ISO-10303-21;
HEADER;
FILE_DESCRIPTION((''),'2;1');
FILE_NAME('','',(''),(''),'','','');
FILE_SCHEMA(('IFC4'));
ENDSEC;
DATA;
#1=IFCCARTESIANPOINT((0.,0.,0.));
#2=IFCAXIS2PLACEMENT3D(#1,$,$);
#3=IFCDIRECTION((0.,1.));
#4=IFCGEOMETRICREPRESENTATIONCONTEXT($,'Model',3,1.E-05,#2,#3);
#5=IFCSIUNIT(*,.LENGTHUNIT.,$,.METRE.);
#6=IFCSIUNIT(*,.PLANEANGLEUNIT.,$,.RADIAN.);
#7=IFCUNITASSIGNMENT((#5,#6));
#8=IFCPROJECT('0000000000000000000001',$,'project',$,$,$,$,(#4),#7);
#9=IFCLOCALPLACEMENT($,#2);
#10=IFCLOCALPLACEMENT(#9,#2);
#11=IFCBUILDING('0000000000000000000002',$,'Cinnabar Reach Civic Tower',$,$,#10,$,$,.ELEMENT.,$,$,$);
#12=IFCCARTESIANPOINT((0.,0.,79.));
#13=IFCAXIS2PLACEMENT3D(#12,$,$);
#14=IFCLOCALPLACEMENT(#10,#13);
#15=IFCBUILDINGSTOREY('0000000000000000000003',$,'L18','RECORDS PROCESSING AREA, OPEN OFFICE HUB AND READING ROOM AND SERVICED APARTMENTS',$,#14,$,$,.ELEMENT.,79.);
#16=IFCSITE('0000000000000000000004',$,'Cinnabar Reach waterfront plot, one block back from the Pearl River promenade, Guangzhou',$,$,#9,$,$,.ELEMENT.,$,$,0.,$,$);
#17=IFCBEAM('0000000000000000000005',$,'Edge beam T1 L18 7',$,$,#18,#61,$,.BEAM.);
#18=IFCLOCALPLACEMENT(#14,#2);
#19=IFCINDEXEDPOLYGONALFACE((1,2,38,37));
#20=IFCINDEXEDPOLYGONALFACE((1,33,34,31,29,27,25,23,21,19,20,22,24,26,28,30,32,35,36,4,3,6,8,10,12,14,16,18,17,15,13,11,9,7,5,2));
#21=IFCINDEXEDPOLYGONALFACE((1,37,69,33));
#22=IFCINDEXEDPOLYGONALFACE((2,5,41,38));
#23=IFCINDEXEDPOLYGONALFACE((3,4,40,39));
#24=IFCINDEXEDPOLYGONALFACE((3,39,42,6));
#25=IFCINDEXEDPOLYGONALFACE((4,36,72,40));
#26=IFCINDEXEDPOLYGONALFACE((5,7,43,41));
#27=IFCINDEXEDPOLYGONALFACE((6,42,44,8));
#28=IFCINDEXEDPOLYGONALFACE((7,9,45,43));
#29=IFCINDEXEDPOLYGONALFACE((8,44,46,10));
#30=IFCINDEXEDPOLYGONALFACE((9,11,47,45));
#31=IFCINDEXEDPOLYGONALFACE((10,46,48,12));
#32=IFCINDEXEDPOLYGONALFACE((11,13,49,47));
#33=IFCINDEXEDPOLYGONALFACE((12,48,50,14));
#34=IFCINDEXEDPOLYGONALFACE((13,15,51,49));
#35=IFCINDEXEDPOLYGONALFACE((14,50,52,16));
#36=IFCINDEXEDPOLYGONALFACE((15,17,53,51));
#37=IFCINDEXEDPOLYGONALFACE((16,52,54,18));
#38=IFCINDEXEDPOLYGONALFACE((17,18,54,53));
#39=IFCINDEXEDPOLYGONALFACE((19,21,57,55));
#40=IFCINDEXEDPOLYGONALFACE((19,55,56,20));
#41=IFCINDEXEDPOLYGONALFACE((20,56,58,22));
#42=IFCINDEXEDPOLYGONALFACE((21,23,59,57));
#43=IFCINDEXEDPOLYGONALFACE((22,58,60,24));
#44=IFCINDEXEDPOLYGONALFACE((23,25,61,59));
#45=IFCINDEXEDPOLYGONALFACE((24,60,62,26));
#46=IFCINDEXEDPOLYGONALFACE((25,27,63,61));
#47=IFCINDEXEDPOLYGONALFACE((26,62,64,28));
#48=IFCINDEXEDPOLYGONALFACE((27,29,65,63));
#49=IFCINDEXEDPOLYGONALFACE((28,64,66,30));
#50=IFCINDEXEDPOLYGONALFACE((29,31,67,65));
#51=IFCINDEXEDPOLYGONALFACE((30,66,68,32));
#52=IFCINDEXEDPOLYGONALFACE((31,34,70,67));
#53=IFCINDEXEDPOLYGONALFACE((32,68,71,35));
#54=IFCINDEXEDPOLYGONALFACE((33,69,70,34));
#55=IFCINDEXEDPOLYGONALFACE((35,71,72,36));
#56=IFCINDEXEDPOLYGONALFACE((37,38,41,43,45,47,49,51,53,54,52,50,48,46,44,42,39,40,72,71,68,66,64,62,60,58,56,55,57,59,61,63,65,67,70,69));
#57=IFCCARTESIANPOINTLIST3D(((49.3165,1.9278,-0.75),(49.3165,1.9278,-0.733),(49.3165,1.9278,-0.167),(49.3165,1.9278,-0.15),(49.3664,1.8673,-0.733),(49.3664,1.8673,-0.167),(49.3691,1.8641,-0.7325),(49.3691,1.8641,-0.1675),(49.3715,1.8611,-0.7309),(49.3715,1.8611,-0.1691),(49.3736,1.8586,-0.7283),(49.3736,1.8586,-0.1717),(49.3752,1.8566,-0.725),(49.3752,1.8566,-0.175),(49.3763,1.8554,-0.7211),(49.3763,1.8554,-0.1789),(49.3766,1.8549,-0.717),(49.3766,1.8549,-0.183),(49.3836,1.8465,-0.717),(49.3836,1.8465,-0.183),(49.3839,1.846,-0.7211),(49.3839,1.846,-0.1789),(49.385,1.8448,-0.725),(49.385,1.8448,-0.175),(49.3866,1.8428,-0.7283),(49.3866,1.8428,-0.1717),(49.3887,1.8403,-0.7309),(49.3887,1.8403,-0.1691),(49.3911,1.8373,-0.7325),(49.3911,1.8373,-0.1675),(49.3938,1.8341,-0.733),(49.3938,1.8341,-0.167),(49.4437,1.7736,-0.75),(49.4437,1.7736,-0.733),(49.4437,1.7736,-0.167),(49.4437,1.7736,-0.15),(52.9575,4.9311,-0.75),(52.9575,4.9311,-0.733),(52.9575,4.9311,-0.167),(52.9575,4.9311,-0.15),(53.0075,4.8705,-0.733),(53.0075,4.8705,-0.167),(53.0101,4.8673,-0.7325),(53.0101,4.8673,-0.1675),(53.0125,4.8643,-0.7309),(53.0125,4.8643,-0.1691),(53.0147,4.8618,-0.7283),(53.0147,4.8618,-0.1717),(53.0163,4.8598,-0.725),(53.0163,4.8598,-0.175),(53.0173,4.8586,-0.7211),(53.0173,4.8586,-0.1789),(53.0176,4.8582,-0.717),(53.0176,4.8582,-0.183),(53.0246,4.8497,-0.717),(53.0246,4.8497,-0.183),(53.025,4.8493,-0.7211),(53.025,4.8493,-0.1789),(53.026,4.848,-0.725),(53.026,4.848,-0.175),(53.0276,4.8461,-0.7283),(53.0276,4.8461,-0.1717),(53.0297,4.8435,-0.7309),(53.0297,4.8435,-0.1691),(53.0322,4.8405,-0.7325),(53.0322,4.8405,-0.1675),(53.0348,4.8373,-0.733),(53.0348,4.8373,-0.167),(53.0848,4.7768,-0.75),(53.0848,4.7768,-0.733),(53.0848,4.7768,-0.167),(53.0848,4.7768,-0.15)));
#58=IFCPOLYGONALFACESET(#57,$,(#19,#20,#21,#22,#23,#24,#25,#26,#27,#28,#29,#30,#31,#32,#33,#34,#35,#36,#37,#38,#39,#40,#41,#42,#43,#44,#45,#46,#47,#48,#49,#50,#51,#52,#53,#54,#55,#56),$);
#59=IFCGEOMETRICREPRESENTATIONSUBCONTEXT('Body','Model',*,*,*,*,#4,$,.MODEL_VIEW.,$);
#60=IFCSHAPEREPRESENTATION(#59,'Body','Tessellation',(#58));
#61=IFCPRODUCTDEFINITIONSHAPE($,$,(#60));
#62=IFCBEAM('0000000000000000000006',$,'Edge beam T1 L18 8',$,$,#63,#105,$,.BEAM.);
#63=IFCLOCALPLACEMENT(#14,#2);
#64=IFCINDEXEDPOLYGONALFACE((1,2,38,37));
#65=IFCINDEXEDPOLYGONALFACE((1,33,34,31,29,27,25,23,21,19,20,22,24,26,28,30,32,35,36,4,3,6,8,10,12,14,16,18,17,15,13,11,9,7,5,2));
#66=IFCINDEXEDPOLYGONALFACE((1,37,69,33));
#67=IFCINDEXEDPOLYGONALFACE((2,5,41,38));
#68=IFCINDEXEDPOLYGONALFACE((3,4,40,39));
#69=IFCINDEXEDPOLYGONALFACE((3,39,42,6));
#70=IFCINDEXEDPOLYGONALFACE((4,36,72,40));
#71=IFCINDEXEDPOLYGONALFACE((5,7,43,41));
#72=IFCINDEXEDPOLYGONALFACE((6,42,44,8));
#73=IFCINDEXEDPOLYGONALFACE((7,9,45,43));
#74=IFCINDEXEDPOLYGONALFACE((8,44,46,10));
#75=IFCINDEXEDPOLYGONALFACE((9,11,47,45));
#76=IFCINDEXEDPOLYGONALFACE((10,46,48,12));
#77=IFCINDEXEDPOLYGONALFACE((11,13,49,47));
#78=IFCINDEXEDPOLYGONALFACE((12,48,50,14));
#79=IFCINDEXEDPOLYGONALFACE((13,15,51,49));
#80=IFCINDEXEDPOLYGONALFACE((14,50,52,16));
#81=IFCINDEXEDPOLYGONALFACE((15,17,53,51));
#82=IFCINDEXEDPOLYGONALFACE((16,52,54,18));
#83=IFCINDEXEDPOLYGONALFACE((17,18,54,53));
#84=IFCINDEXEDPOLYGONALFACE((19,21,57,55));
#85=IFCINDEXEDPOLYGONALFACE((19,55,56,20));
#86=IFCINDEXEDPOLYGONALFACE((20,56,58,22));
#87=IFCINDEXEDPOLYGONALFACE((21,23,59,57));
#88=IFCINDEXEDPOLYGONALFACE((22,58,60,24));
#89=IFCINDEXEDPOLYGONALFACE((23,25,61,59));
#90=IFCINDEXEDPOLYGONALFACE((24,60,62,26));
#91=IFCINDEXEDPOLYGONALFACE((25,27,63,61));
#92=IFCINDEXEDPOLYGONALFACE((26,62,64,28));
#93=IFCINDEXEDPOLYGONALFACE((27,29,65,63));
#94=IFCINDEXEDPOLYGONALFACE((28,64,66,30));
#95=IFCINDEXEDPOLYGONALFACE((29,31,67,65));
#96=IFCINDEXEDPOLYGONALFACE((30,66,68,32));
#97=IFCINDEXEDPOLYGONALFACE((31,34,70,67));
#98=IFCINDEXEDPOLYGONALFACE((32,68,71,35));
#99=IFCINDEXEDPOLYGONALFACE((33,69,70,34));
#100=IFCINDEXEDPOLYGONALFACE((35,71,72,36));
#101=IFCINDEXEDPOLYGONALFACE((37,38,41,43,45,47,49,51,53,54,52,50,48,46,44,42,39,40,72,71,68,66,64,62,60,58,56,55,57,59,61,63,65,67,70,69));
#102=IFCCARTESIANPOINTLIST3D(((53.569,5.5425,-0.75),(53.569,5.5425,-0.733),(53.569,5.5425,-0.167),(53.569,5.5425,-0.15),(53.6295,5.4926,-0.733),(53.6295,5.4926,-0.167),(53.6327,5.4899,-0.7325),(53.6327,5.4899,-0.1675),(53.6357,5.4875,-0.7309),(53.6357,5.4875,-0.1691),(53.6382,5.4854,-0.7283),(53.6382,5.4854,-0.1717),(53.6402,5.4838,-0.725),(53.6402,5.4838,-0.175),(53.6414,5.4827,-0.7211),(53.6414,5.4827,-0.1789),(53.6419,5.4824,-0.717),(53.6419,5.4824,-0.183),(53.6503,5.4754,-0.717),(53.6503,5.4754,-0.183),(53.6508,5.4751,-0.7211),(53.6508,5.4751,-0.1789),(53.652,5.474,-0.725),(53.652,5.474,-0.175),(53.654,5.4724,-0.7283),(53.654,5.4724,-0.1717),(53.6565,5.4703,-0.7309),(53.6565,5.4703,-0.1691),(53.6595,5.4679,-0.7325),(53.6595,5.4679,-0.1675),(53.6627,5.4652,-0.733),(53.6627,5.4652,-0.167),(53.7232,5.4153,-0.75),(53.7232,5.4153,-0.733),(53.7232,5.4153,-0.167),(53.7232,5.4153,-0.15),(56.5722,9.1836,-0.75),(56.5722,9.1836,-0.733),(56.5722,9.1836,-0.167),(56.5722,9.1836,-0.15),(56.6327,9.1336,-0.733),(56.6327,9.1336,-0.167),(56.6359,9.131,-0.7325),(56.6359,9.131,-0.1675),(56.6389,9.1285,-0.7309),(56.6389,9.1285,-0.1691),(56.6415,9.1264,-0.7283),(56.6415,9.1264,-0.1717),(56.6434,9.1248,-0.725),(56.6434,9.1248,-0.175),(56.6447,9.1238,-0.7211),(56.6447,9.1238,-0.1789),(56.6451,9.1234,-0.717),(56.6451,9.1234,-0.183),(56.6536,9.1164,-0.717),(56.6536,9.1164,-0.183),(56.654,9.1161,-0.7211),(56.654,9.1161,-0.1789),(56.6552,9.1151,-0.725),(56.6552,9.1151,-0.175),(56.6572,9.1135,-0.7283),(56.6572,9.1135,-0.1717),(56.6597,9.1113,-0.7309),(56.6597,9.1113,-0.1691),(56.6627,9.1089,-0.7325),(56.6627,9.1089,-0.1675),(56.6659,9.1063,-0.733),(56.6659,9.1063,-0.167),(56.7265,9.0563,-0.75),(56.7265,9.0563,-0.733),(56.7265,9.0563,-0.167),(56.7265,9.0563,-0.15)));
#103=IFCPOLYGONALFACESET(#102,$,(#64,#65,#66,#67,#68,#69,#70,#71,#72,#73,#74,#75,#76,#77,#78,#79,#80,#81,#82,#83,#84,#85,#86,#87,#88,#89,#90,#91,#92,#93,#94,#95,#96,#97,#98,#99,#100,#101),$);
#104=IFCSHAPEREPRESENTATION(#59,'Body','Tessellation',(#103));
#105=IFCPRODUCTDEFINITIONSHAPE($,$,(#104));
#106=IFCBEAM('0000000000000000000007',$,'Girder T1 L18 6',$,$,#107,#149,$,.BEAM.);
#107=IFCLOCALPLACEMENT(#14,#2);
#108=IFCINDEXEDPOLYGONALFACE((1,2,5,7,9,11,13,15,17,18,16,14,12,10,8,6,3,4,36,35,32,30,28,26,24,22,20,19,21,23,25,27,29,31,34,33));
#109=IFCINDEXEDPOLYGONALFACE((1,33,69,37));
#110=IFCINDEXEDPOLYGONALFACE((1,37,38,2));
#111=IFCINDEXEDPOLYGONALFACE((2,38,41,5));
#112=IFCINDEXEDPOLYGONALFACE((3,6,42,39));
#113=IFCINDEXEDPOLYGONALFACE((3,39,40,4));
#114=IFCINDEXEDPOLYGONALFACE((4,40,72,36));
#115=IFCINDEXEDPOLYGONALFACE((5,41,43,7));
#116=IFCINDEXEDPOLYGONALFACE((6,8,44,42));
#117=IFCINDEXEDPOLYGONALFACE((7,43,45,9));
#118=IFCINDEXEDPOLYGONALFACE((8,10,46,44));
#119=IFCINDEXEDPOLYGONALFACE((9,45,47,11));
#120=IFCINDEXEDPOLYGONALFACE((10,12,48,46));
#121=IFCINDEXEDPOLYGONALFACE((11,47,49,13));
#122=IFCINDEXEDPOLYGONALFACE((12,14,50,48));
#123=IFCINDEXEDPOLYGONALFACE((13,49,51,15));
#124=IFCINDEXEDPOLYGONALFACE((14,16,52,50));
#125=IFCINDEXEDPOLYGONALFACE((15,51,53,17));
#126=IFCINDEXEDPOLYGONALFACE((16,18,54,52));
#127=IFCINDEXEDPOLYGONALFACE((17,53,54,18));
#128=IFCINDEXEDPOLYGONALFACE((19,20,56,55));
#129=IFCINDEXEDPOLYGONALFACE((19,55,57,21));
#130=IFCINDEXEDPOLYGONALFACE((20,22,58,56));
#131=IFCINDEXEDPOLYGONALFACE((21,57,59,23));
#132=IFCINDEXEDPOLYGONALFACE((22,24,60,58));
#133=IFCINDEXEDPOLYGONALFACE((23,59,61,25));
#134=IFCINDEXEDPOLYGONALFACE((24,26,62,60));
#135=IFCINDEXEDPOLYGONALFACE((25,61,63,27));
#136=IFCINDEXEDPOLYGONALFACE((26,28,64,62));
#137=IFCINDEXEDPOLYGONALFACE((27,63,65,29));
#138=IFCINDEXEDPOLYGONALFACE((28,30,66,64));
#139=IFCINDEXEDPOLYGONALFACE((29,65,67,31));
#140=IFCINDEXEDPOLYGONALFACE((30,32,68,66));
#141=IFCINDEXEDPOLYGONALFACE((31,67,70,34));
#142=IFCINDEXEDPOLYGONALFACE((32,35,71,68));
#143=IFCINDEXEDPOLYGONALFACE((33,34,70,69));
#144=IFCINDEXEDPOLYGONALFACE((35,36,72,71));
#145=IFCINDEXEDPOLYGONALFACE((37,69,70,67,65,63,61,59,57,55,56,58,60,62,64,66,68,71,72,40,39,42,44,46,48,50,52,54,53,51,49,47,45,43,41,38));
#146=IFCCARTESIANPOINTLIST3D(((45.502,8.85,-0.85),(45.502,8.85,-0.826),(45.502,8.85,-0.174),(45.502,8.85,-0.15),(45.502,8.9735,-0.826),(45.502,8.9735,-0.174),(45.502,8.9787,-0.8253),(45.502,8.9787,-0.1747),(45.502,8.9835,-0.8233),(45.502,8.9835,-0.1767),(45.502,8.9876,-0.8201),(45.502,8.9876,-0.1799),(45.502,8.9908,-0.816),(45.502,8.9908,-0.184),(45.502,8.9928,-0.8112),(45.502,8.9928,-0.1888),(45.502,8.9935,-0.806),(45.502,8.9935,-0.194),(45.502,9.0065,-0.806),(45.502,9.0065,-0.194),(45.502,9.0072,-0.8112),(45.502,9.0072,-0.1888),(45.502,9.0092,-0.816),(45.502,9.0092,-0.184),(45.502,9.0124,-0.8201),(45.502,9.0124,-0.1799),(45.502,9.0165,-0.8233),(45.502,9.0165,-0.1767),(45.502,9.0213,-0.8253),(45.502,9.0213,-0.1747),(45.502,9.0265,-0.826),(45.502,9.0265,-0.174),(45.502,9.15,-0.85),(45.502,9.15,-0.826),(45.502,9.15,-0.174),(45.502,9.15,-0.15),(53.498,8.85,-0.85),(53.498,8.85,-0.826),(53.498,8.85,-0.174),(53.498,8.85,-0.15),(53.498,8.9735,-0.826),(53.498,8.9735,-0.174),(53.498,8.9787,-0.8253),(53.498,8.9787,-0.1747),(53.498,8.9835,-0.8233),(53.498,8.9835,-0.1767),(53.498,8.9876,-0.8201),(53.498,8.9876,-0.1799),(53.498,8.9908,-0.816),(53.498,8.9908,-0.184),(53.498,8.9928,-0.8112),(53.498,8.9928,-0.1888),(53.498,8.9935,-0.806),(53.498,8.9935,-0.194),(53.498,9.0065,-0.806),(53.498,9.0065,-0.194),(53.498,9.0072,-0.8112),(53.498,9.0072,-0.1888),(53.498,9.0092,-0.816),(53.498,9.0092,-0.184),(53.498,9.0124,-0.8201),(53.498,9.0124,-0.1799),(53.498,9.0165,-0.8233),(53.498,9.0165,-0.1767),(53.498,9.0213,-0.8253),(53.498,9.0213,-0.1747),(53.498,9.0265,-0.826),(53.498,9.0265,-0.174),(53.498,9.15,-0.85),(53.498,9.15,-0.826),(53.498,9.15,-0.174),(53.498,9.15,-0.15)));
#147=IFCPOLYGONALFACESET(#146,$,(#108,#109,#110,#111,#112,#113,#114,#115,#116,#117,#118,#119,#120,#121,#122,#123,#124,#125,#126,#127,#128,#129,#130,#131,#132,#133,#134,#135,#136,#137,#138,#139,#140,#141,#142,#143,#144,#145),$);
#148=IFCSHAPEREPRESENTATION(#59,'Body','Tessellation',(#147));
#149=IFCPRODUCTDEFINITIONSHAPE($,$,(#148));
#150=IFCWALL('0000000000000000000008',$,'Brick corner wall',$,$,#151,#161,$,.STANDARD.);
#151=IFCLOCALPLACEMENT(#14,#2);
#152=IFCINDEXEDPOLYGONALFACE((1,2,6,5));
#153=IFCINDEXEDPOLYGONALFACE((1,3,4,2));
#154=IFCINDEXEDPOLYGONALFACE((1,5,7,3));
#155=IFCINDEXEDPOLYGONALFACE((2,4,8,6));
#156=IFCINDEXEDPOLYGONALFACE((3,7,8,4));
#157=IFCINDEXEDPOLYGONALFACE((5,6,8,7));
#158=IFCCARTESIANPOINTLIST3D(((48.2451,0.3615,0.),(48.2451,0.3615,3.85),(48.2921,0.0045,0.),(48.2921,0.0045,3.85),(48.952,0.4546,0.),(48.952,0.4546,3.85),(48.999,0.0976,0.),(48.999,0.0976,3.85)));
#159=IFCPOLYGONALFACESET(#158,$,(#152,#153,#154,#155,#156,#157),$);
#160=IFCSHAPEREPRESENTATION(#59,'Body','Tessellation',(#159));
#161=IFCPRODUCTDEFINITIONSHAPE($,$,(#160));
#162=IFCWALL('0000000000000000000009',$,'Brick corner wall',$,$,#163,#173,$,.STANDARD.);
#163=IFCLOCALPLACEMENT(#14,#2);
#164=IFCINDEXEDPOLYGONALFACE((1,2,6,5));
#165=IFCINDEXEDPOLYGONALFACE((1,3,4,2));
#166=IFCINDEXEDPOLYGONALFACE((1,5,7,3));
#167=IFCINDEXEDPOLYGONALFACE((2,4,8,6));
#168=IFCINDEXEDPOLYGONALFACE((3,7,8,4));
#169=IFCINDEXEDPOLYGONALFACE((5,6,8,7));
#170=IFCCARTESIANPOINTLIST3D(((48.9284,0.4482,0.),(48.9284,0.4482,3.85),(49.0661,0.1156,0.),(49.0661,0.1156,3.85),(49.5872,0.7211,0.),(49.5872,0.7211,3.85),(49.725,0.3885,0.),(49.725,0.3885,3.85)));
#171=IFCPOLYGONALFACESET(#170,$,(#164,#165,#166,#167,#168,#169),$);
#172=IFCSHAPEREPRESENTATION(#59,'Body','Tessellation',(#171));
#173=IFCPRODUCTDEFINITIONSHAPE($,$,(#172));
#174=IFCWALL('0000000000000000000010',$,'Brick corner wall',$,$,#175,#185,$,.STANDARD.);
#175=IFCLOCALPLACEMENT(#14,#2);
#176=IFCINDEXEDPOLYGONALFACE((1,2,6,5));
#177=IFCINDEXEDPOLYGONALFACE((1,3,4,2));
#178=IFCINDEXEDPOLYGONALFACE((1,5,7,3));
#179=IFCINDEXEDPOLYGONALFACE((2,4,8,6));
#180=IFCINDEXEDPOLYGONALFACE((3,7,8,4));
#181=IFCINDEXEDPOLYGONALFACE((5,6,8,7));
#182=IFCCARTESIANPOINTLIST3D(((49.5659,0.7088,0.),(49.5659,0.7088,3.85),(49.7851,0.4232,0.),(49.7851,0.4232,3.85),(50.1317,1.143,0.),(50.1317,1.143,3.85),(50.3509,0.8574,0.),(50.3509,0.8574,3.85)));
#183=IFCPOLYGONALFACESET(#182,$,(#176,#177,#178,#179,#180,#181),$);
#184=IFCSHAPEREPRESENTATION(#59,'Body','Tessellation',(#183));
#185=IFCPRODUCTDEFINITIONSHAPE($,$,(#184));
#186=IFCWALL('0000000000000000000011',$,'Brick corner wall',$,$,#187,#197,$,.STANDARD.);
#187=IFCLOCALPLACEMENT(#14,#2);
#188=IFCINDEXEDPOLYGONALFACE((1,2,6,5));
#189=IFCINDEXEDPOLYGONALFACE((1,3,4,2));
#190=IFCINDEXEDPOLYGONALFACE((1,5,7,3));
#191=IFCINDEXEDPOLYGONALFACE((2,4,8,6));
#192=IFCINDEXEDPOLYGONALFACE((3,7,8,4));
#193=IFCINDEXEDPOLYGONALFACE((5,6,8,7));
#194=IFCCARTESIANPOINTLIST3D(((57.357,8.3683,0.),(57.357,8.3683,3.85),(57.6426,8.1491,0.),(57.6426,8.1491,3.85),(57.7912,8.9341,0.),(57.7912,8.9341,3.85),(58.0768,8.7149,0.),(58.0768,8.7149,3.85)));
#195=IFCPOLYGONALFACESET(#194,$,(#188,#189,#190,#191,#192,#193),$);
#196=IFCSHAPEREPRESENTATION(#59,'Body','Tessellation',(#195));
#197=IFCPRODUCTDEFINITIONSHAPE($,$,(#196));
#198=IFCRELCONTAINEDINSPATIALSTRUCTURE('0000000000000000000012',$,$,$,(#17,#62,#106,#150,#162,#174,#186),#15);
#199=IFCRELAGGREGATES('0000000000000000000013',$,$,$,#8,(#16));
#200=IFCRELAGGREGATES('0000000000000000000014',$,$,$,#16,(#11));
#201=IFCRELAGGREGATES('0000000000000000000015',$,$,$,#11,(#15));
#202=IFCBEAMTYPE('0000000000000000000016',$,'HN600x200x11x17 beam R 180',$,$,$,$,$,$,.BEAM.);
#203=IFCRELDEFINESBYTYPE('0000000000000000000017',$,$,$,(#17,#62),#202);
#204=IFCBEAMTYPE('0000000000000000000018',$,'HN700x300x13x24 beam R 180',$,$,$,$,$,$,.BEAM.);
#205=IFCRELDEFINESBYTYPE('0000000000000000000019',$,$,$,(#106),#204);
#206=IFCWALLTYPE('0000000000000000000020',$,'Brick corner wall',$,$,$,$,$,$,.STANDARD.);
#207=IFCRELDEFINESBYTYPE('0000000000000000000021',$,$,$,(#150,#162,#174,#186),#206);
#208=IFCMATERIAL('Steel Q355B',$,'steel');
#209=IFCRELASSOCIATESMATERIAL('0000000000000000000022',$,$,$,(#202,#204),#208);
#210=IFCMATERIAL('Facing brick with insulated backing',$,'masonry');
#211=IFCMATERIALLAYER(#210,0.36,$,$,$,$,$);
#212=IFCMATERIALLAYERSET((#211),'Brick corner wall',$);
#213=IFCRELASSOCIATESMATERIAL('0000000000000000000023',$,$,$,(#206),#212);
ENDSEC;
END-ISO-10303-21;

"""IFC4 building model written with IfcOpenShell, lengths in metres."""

from ifc_helpers import new_model, si_unit, direction, frame, frame_2d, origin, origin_2d, place, context, subcontext, project, spatial, rectangle, i_section, extrude, material, layer, layer_set, material_profile, profile_set, type_object, element, save


model = new_model("IFC4")

# Units and contexts
model_context = context("Model", 3, precision=1e-05, world=origin(), true_north=direction((0.0, 1.0)))
body_context = subcontext(model_context, "Body", "Model", "MODEL_VIEW")
ifc_project = project(units=[si_unit("LENGTHUNIT", "METRE"), si_unit("PLANEANGLEUNIT", "RADIAN")], contexts=[model_context])

# Site, building, storey
site_placement = place(None, origin())
site = spatial("IfcSite", under=ifc_project, at=site_placement, Name="Cinnabar Reach waterfront plot, one block back from the Pearl River promenade, Guangzhou", CompositionType="ELEMENT", RefElevation=0.0)
building_placement = place(site_placement, origin())
building = spatial("IfcBuilding", under=site, at=building_placement, Name="Cinnabar Reach Civic Tower", CompositionType="ELEMENT")
storey_placement = place(building_placement, frame((0.0, 0.0, 79.0)))
storey = spatial("IfcBuildingStorey", under=building, at=storey_placement, Name="L18", Description="RECORDS PROCESSING AREA, OPEN OFFICE HUB AND READING ROOM AND SERVICED APARTMENTS", CompositionType="ELEMENT", Elevation=79.0)

# Beams
ifc_material_1 = material(Name="Steel Q355B", Category="steel")
ifc_material_profile_1 = material_profile(ifc_material_1, i_section(OverallWidth=0.2, OverallDepth=0.6, WebThickness=0.011, FlangeThickness=0.017, FilletRadius=0.016, at=origin_2d()), Name="HN600x200x11x17")
ifc_profile_set_1 = profile_set([ifc_material_profile_1], Name="Steel Q355B")
beam_type_1 = type_object("IfcBeamType", Name="HN600x200x11x17 beam R 180", PredefinedType="BEAM", material=ifc_profile_set_1)
for number, where, z_axis, x_axis, name in (
    (1, (49.3801, 1.8507, -0.45), (0.771438, 0.636304, 0.0), (-0.636304, 0.771438, 0.0), "Edge beam T1 L18 7"),
    (2, (53.6461, 5.4789, -0.45), (0.636304, 0.771438, 0.0), (-0.771438, 0.636304, 0.0), "Edge beam T1 L18 8"),
):
    element("IfcBeam", number, at=place(storey_placement, frame(where, z_axis=z_axis, x_axis=x_axis)), inside=storey, type_object=beam_type_1, Name=name, PredefinedType="BEAM", context=body_context, shape_type="SweptSolid", body=[
        extrude(i_section(OverallWidth=0.2, OverallDepth=0.6, WebThickness=0.011, FlangeThickness=0.017, FilletRadius=0.016, at=origin_2d()), origin(), (0.0, 0.0, 1.0), 4.7198),
    ])
ifc_material_profile_2 = material_profile(ifc_material_1, i_section(OverallWidth=0.3, OverallDepth=0.7, WebThickness=0.013, FlangeThickness=0.024, FilletRadius=0.02, at=origin_2d()), Name="HN700x300x13x24")
ifc_profile_set_2 = profile_set([ifc_material_profile_2], Name="Steel Q355B")
beam_type_2 = type_object("IfcBeamType", Name="HN700x300x13x24 beam R 180", PredefinedType="BEAM", material=ifc_profile_set_2)
beam_1_placement = place(storey_placement, frame((45.502, 9.0, -0.5), z_axis=(1.0, 0.0, 0.0), x_axis=(0.0, 1.0, 0.0)))
element("IfcBeam", 3, at=beam_1_placement, inside=storey, type_object=beam_type_2, Name="Girder T1 L18 6", PredefinedType="BEAM", context=body_context, shape_type="SweptSolid", body=[
    extrude(i_section(OverallWidth=0.3, OverallDepth=0.7, WebThickness=0.013, FlangeThickness=0.024, FilletRadius=0.02, at=origin_2d()), origin(), (0.0, 0.0, 1.0), 7.996),
])

# Walls
ifc_material_2 = material(Name="Facing brick with insulated backing", Category="masonry")
ifc_layer_1 = layer(ifc_material_2, 0.36)
ifc_layer_set_1 = layer_set([ifc_layer_1], Name="Brick corner wall")
wall_type_1 = type_object("IfcWallType", Name="Brick corner wall", PredefinedType="STANDARD", material=ifc_layer_set_1)
for number, where, z_axis, x_axis, name in (
    (4, (48.2686, 0.183, 0.0), (0.0, 0.0, 1.0), (0.991441, 0.130556, 0.0), "Brick corner wall"),
    (5, (48.9973, 0.2819, 0.0), (0.0, 0.0, 1.0), (0.923872, 0.382703, 0.0), "Brick corner wall"),
):
    element("IfcWall", number, at=place(storey_placement, frame(where, z_axis=z_axis, x_axis=x_axis)), inside=storey, type_object=wall_type_1, Name=name, PredefinedType="STANDARD", context=body_context, shape_type="SweptSolid", body=[
        extrude(rectangle(XDim=0.7131, YDim=0.36, at=frame_2d((0.3565, 0.0))), origin(), (0.0, 0.0, 1.0), 3.85),
    ])
for number, where, z_axis, x_axis, name in (
    (6, (49.6755, 0.566, 0.0), (0.0, 0.0, 1.0), (0.793322, 0.608802, 0.0), "Brick corner wall"),
    (7, (57.4998, 8.2587, 0.0), (0.0, 0.0, 1.0), (0.608802, 0.793322, 0.0), "Brick corner wall"),
):
    element("IfcWall", number, at=place(storey_placement, frame(where, z_axis=z_axis, x_axis=x_axis)), inside=storey, type_object=wall_type_1, Name=name, PredefinedType="STANDARD", context=body_context, shape_type="SweptSolid", body=[
        extrude(rectangle(XDim=0.7132, YDim=0.36, at=frame_2d((0.3566, 0.0))), origin(), (0.0, 0.0, 1.0), 3.85),
    ])

save(model, "model.ifc")
